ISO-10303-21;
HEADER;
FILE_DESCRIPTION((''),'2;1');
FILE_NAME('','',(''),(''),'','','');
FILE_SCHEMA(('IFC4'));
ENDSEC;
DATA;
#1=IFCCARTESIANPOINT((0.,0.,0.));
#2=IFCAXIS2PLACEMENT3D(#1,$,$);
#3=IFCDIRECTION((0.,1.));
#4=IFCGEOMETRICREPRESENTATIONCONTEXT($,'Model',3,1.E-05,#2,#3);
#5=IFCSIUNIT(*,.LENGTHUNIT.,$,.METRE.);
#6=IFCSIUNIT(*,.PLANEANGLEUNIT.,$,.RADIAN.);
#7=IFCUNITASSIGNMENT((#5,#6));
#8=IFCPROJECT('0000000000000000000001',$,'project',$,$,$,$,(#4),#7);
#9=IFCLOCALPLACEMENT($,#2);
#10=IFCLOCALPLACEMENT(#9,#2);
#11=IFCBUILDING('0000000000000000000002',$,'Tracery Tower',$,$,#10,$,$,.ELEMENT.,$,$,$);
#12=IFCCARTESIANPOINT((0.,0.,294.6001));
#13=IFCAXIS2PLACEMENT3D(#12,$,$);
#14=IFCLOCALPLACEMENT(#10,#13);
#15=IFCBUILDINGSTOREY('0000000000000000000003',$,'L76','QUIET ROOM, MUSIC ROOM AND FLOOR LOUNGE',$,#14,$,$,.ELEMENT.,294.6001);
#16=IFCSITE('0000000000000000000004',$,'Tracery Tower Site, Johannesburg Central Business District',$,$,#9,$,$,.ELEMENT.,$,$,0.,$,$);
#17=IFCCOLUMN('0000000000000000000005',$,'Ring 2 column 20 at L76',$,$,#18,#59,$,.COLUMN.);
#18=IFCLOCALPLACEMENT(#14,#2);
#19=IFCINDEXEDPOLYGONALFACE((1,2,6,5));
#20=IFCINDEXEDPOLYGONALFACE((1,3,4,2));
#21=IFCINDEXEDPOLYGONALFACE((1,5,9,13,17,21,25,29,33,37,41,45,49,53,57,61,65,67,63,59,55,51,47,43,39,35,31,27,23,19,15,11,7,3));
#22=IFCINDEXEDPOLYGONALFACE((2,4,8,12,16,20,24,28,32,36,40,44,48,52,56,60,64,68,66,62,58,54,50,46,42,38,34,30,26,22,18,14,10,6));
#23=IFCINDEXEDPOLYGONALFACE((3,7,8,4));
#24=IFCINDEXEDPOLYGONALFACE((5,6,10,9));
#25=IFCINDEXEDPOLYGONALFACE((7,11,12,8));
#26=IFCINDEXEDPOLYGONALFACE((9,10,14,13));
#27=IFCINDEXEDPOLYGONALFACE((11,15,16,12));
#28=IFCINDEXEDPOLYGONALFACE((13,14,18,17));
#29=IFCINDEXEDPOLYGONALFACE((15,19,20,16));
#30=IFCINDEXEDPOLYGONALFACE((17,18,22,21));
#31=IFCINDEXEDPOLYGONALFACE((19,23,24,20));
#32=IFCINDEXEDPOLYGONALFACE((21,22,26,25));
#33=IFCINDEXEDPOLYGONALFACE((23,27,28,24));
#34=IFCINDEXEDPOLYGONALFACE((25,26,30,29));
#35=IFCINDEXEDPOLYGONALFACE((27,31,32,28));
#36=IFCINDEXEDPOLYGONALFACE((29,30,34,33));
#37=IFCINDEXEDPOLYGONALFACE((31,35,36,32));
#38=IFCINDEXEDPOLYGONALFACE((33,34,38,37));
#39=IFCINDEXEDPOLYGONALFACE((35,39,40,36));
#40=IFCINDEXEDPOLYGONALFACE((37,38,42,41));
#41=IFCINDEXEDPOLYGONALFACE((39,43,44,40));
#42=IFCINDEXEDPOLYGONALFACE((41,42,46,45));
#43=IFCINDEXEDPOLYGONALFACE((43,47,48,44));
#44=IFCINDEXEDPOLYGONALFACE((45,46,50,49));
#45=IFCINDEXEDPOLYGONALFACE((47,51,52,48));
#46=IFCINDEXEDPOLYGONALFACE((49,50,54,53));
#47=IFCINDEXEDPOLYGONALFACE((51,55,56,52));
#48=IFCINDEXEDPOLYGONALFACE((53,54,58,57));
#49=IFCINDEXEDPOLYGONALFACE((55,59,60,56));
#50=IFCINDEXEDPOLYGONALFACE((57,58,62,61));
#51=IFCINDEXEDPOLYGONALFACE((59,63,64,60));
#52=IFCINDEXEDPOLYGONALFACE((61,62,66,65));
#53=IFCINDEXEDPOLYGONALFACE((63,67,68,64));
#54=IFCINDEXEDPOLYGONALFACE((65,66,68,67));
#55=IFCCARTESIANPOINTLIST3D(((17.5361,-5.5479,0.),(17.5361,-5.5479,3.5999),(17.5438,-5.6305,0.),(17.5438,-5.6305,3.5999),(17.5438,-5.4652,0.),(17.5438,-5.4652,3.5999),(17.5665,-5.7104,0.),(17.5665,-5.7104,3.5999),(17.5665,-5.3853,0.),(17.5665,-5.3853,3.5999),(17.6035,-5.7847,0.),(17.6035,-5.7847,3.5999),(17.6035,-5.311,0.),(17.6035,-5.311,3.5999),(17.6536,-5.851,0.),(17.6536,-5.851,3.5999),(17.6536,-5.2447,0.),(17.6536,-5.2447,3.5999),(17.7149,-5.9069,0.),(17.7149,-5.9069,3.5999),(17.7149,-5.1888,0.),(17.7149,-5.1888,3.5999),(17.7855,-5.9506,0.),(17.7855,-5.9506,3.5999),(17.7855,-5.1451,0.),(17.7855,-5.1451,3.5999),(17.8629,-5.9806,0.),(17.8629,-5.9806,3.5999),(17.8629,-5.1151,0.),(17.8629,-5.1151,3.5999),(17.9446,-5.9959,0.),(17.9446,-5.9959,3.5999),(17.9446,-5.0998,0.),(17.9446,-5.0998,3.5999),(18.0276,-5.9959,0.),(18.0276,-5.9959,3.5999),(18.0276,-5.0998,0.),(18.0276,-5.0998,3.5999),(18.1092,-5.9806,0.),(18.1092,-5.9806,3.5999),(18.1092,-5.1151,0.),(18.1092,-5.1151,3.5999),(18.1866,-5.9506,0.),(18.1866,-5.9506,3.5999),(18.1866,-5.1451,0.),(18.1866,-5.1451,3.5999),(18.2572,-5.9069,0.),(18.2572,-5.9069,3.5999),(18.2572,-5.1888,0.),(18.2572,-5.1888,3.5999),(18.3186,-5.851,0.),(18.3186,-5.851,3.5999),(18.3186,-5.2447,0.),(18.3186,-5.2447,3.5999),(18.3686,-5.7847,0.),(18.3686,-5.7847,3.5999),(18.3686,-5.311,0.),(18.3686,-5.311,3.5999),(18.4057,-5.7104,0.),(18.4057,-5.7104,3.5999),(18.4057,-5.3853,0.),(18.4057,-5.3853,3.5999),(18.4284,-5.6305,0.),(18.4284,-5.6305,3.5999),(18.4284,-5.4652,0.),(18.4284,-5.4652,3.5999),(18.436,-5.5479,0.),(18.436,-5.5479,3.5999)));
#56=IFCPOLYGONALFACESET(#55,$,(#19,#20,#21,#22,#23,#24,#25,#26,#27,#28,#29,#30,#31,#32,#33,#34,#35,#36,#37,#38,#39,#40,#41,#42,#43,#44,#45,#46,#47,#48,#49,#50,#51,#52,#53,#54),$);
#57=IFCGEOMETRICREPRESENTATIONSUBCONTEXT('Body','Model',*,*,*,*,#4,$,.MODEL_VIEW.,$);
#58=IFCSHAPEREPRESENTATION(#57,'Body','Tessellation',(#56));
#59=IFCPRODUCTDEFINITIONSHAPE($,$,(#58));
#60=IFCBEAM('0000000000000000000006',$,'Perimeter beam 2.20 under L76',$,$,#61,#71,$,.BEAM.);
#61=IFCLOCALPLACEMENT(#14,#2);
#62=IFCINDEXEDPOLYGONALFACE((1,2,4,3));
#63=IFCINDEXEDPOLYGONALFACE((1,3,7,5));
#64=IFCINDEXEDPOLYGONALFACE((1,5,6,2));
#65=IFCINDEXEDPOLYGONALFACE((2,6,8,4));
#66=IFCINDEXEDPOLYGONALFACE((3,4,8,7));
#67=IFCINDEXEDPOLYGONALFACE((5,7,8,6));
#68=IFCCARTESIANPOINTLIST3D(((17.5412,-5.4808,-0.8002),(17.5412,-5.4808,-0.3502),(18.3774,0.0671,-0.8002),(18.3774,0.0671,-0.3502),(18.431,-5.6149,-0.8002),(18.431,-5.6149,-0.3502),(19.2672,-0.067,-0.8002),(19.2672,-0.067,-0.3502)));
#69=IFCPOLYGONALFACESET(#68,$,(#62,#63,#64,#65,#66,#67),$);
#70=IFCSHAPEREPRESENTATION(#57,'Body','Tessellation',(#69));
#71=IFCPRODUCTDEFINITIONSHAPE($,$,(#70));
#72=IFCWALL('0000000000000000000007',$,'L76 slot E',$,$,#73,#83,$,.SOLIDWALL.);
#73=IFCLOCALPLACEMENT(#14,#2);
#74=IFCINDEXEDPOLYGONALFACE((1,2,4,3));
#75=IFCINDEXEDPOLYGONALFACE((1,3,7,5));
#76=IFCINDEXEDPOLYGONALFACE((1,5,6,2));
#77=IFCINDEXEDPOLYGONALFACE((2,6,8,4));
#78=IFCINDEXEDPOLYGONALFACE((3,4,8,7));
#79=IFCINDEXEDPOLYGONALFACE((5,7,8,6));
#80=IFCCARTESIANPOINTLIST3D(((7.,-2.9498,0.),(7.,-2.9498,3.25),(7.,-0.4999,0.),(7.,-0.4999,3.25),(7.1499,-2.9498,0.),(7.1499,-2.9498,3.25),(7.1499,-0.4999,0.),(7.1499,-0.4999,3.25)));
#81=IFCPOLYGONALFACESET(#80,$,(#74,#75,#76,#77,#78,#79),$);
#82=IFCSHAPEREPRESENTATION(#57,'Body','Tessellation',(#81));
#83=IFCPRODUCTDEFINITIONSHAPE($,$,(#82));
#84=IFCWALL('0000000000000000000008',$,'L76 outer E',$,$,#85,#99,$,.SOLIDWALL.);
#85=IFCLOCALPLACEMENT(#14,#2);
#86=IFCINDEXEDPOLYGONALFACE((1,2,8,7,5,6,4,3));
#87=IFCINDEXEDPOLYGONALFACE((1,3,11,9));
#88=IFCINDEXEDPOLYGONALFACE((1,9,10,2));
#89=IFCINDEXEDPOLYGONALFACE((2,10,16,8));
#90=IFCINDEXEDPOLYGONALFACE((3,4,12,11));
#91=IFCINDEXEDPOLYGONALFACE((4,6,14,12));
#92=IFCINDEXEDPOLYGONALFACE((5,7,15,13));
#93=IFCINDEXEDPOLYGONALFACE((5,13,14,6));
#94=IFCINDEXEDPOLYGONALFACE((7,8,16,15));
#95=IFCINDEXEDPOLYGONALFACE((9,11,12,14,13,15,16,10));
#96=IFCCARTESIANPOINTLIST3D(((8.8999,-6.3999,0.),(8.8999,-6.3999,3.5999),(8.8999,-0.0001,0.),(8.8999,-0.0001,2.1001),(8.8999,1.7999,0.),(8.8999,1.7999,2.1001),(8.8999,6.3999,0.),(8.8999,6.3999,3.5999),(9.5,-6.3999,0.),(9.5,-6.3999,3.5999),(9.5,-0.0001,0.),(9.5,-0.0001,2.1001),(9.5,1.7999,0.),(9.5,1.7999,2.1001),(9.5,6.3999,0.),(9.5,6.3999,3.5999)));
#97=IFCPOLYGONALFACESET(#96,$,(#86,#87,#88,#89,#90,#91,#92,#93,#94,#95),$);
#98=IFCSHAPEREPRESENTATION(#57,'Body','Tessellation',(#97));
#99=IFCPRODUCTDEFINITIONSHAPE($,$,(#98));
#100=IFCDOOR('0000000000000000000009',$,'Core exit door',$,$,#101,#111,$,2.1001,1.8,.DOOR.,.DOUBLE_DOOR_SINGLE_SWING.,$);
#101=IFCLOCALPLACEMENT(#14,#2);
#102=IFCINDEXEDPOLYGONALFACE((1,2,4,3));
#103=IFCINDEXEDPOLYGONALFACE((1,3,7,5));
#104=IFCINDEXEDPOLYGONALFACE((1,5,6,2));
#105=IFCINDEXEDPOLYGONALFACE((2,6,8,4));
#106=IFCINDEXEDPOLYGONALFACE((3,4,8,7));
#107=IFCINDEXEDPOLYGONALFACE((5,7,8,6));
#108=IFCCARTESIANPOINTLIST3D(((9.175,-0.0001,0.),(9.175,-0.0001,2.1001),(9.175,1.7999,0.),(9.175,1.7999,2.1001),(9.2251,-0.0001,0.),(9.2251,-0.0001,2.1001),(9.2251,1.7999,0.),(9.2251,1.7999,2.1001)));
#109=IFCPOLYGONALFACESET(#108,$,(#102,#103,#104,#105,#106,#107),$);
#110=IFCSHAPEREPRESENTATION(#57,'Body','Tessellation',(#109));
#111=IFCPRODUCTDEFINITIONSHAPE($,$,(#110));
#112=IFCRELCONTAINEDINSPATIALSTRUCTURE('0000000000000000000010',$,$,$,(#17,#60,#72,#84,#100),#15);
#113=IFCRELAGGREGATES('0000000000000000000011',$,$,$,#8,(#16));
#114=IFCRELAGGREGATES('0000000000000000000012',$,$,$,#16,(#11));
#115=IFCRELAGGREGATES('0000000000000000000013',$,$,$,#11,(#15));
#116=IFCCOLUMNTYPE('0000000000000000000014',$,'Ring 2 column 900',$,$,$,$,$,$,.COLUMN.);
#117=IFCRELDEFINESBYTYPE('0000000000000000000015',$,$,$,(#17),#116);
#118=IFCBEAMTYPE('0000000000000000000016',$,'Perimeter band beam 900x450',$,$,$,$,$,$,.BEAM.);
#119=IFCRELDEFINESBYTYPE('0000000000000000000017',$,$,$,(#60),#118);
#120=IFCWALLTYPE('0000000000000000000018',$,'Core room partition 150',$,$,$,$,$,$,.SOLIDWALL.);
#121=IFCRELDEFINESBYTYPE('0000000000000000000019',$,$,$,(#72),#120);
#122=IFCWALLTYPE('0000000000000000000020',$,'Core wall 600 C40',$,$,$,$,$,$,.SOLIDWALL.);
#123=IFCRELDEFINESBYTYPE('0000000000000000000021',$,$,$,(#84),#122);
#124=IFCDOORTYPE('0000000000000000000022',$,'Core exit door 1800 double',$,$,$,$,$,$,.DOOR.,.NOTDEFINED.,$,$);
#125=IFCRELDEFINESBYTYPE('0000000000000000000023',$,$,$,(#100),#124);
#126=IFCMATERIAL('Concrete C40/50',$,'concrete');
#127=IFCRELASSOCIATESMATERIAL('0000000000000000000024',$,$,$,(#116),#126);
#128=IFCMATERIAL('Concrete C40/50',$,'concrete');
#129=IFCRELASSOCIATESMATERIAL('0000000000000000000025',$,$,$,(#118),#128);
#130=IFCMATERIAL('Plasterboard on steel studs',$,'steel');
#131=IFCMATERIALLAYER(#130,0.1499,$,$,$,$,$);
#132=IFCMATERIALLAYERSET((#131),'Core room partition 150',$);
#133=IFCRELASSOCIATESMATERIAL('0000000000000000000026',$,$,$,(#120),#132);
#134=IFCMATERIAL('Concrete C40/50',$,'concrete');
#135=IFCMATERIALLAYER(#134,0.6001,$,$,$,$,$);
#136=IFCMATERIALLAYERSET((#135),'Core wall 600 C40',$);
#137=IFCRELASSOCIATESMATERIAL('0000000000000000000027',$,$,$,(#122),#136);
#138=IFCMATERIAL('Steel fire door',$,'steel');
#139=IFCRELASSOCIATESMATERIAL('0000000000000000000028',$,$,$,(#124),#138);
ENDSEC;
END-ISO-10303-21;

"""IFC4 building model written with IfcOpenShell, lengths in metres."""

from ifc_helpers import new_model, si_unit, direction, frame, frame_2d, origin, origin_2d, place, context, subcontext, project, spatial, rectangle, circle, extrude, material, layer, layer_set, material_profile, profile_set, type_object, element, fill, save


model = new_model("IFC4")

# Units and contexts
model_context = context("Model", 3, precision=1e-05, world=origin(), true_north=direction((0.0, 1.0)))
body_context = subcontext(model_context, "Body", "Model", "MODEL_VIEW")
ifc_project = project(units=[si_unit("LENGTHUNIT", "METRE"), si_unit("PLANEANGLEUNIT", "RADIAN")], contexts=[model_context])

# Site, building, storey
site_placement = place(None, origin())
site = spatial("IfcSite", under=ifc_project, at=site_placement, Name="Tracery Tower Site, Johannesburg Central Business District", CompositionType="ELEMENT", RefElevation=0.0)
building_placement = place(site_placement, origin())
building = spatial("IfcBuilding", under=site, at=building_placement, Name="Tracery Tower", CompositionType="ELEMENT")
storey_placement = place(building_placement, frame((0.0, 0.0, 294.6001)))
storey = spatial("IfcBuildingStorey", under=building, at=storey_placement, Name="L76", Description="QUIET ROOM, MUSIC ROOM AND FLOOR LOUNGE", CompositionType="ELEMENT", Elevation=294.6001)

# Column
ifc_material_1 = material(Name="Concrete C40/50", Category="concrete")
ifc_material_profile_1 = material_profile(ifc_material_1, circle(Radius=0.45, at=origin_2d()), Name="RC D900")
ifc_profile_set_1 = profile_set([ifc_material_profile_1], Name="Concrete C40/50")
column_type = type_object("IfcColumnType", Name="Ring 2 column 900", PredefinedType="COLUMN", material=ifc_profile_set_1)
column_placement = place(storey_placement, frame((17.9861, -5.5479, 0.0), z_axis=(0.0, 0.0, 1.0), x_axis=(1.0, 0.0, 0.0)))
element("IfcColumn", 1, at=column_placement, inside=storey, type_object=column_type, Name="Ring 2 column 20 at L76", PredefinedType="COLUMN", context=body_context, shape_type="SweptSolid", body=[
    extrude(circle(Radius=0.45, at=origin_2d()), origin(), (0.0, 0.0, 1.0), 3.5999),
])

# Beam
ifc_material_2 = material(Name="Concrete C40/50", Category="concrete")
ifc_material_profile_2 = material_profile(ifc_material_2, rectangle(XDim=0.8999, YDim=0.45, at=origin_2d()), Name="RC 900x450")
ifc_profile_set_2 = profile_set([ifc_material_profile_2], Name="Concrete C40/50")
beam_type = type_object("IfcBeamType", Name="Perimeter band beam 900x450", PredefinedType="BEAM", material=ifc_profile_set_2)
beam_placement = place(storey_placement, frame((17.9861, -5.5479, -0.5752), z_axis=(0.149038, 0.988831, 0.0), x_axis=(-0.988831, 0.149038, 0.0)))
element("IfcBeam", 2, at=beam_placement, inside=storey, type_object=beam_type, Name="Perimeter beam 2.20 under L76", PredefinedType="BEAM", context=body_context, shape_type="SweptSolid", body=[
    extrude(rectangle(XDim=0.8999, YDim=0.45, at=origin_2d()), origin(), (0.0, 0.0, 1.0), 5.6106),
])

# Wall
ifc_material_3 = material(Name="Plasterboard on steel studs", Category="steel")
ifc_layer_1 = layer(ifc_material_3, 0.1499)
ifc_layer_set_1 = layer_set([ifc_layer_1], Name="Core room partition 150")
wall_type_1 = type_object("IfcWallType", Name="Core room partition 150", PredefinedType="SOLIDWALL", material=ifc_layer_set_1)
wall_1_placement = place(storey_placement, frame((7.075, -2.95, 0.0), z_axis=(0.0, 0.0, 1.0), x_axis=(0.0, 1.0, 0.0)))
element("IfcWall", 3, at=wall_1_placement, inside=storey, type_object=wall_type_1, Name="L76 slot E", PredefinedType="SOLIDWALL", context=body_context, shape_type="SweptSolid", body=[
    extrude(rectangle(XDim=2.45, YDim=0.1499, at=frame_2d((1.2251, 0.0))), origin(), (0.0, 0.0, 1.0), 3.25),
])

# Wall, opening, door
ifc_material_4 = material(Name="Concrete C40/50", Category="concrete")
ifc_layer_2 = layer(ifc_material_4, 0.6001)
ifc_layer_set_2 = layer_set([ifc_layer_2], Name="Core wall 600 C40")
wall_type_2 = type_object("IfcWallType", Name="Core wall 600 C40", PredefinedType="SOLIDWALL", material=ifc_layer_set_2)
wall_2_placement = place(storey_placement, frame((9.2, -6.3999, 0.0), z_axis=(0.0, 0.0, 1.0), x_axis=(0.0, 1.0, 0.0)))
wall_2 = element("IfcWall", 4, at=wall_2_placement, inside=storey, type_object=wall_type_2, Name="L76 outer E", PredefinedType="SOLIDWALL", context=body_context, shape_type="SweptSolid", body=[
    extrude(rectangle(XDim=12.7998, YDim=0.6001, at=frame_2d((6.3999, 0.0))), origin(), (0.0, 0.0, 1.0), 3.5999),
])
opening_1_placement = place(wall_2_placement, frame((6.3999, 0.0, 0.0)))
opening_1 = element("IfcOpeningElement", 5, at=opening_1_placement, cuts=wall_2, PredefinedType="OPENING", context=body_context, shape_type="SweptSolid", body=[
    extrude(rectangle(XDim=1.8, YDim=2.1001, at=frame_2d((0.8999, 1.05))), frame((0.0, 0.3, 0.0), z_axis=(0.0, -1.0, 0.0), x_axis=(1.0, 0.0, 0.0)), (0.0, 0.0, 1.0), 0.6001),
])
ifc_material_5 = material(Name="Steel fire door", Category="steel")
door_type_1 = type_object("IfcDoorType", Name="Core exit door 1800 double", OperationType="NOTDEFINED", PredefinedType="DOOR", material=ifc_material_5)
door_1_placement = place(opening_1_placement, origin())
door_1 = element("IfcDoor", 6, at=door_1_placement, inside=storey, type_object=door_type_1, Name="Core exit door", OperationType="DOUBLE_DOOR_SINGLE_SWING", OverallHeight=2.1001, OverallWidth=1.8, PredefinedType="DOOR", context=body_context, shape_type="SweptSolid", body=[
    extrude(rectangle(XDim=1.8, YDim=2.1001, at=frame_2d((0.8999, 1.05))), frame((0.0, 0.0249, 0.0), z_axis=(0.0, -1.0, 0.0), x_axis=(1.0, 0.0, 0.0)), (0.0, 0.0, 1.0), 0.05),
])
fill(opening_1, door_1)

save(model, "model.ifc")
